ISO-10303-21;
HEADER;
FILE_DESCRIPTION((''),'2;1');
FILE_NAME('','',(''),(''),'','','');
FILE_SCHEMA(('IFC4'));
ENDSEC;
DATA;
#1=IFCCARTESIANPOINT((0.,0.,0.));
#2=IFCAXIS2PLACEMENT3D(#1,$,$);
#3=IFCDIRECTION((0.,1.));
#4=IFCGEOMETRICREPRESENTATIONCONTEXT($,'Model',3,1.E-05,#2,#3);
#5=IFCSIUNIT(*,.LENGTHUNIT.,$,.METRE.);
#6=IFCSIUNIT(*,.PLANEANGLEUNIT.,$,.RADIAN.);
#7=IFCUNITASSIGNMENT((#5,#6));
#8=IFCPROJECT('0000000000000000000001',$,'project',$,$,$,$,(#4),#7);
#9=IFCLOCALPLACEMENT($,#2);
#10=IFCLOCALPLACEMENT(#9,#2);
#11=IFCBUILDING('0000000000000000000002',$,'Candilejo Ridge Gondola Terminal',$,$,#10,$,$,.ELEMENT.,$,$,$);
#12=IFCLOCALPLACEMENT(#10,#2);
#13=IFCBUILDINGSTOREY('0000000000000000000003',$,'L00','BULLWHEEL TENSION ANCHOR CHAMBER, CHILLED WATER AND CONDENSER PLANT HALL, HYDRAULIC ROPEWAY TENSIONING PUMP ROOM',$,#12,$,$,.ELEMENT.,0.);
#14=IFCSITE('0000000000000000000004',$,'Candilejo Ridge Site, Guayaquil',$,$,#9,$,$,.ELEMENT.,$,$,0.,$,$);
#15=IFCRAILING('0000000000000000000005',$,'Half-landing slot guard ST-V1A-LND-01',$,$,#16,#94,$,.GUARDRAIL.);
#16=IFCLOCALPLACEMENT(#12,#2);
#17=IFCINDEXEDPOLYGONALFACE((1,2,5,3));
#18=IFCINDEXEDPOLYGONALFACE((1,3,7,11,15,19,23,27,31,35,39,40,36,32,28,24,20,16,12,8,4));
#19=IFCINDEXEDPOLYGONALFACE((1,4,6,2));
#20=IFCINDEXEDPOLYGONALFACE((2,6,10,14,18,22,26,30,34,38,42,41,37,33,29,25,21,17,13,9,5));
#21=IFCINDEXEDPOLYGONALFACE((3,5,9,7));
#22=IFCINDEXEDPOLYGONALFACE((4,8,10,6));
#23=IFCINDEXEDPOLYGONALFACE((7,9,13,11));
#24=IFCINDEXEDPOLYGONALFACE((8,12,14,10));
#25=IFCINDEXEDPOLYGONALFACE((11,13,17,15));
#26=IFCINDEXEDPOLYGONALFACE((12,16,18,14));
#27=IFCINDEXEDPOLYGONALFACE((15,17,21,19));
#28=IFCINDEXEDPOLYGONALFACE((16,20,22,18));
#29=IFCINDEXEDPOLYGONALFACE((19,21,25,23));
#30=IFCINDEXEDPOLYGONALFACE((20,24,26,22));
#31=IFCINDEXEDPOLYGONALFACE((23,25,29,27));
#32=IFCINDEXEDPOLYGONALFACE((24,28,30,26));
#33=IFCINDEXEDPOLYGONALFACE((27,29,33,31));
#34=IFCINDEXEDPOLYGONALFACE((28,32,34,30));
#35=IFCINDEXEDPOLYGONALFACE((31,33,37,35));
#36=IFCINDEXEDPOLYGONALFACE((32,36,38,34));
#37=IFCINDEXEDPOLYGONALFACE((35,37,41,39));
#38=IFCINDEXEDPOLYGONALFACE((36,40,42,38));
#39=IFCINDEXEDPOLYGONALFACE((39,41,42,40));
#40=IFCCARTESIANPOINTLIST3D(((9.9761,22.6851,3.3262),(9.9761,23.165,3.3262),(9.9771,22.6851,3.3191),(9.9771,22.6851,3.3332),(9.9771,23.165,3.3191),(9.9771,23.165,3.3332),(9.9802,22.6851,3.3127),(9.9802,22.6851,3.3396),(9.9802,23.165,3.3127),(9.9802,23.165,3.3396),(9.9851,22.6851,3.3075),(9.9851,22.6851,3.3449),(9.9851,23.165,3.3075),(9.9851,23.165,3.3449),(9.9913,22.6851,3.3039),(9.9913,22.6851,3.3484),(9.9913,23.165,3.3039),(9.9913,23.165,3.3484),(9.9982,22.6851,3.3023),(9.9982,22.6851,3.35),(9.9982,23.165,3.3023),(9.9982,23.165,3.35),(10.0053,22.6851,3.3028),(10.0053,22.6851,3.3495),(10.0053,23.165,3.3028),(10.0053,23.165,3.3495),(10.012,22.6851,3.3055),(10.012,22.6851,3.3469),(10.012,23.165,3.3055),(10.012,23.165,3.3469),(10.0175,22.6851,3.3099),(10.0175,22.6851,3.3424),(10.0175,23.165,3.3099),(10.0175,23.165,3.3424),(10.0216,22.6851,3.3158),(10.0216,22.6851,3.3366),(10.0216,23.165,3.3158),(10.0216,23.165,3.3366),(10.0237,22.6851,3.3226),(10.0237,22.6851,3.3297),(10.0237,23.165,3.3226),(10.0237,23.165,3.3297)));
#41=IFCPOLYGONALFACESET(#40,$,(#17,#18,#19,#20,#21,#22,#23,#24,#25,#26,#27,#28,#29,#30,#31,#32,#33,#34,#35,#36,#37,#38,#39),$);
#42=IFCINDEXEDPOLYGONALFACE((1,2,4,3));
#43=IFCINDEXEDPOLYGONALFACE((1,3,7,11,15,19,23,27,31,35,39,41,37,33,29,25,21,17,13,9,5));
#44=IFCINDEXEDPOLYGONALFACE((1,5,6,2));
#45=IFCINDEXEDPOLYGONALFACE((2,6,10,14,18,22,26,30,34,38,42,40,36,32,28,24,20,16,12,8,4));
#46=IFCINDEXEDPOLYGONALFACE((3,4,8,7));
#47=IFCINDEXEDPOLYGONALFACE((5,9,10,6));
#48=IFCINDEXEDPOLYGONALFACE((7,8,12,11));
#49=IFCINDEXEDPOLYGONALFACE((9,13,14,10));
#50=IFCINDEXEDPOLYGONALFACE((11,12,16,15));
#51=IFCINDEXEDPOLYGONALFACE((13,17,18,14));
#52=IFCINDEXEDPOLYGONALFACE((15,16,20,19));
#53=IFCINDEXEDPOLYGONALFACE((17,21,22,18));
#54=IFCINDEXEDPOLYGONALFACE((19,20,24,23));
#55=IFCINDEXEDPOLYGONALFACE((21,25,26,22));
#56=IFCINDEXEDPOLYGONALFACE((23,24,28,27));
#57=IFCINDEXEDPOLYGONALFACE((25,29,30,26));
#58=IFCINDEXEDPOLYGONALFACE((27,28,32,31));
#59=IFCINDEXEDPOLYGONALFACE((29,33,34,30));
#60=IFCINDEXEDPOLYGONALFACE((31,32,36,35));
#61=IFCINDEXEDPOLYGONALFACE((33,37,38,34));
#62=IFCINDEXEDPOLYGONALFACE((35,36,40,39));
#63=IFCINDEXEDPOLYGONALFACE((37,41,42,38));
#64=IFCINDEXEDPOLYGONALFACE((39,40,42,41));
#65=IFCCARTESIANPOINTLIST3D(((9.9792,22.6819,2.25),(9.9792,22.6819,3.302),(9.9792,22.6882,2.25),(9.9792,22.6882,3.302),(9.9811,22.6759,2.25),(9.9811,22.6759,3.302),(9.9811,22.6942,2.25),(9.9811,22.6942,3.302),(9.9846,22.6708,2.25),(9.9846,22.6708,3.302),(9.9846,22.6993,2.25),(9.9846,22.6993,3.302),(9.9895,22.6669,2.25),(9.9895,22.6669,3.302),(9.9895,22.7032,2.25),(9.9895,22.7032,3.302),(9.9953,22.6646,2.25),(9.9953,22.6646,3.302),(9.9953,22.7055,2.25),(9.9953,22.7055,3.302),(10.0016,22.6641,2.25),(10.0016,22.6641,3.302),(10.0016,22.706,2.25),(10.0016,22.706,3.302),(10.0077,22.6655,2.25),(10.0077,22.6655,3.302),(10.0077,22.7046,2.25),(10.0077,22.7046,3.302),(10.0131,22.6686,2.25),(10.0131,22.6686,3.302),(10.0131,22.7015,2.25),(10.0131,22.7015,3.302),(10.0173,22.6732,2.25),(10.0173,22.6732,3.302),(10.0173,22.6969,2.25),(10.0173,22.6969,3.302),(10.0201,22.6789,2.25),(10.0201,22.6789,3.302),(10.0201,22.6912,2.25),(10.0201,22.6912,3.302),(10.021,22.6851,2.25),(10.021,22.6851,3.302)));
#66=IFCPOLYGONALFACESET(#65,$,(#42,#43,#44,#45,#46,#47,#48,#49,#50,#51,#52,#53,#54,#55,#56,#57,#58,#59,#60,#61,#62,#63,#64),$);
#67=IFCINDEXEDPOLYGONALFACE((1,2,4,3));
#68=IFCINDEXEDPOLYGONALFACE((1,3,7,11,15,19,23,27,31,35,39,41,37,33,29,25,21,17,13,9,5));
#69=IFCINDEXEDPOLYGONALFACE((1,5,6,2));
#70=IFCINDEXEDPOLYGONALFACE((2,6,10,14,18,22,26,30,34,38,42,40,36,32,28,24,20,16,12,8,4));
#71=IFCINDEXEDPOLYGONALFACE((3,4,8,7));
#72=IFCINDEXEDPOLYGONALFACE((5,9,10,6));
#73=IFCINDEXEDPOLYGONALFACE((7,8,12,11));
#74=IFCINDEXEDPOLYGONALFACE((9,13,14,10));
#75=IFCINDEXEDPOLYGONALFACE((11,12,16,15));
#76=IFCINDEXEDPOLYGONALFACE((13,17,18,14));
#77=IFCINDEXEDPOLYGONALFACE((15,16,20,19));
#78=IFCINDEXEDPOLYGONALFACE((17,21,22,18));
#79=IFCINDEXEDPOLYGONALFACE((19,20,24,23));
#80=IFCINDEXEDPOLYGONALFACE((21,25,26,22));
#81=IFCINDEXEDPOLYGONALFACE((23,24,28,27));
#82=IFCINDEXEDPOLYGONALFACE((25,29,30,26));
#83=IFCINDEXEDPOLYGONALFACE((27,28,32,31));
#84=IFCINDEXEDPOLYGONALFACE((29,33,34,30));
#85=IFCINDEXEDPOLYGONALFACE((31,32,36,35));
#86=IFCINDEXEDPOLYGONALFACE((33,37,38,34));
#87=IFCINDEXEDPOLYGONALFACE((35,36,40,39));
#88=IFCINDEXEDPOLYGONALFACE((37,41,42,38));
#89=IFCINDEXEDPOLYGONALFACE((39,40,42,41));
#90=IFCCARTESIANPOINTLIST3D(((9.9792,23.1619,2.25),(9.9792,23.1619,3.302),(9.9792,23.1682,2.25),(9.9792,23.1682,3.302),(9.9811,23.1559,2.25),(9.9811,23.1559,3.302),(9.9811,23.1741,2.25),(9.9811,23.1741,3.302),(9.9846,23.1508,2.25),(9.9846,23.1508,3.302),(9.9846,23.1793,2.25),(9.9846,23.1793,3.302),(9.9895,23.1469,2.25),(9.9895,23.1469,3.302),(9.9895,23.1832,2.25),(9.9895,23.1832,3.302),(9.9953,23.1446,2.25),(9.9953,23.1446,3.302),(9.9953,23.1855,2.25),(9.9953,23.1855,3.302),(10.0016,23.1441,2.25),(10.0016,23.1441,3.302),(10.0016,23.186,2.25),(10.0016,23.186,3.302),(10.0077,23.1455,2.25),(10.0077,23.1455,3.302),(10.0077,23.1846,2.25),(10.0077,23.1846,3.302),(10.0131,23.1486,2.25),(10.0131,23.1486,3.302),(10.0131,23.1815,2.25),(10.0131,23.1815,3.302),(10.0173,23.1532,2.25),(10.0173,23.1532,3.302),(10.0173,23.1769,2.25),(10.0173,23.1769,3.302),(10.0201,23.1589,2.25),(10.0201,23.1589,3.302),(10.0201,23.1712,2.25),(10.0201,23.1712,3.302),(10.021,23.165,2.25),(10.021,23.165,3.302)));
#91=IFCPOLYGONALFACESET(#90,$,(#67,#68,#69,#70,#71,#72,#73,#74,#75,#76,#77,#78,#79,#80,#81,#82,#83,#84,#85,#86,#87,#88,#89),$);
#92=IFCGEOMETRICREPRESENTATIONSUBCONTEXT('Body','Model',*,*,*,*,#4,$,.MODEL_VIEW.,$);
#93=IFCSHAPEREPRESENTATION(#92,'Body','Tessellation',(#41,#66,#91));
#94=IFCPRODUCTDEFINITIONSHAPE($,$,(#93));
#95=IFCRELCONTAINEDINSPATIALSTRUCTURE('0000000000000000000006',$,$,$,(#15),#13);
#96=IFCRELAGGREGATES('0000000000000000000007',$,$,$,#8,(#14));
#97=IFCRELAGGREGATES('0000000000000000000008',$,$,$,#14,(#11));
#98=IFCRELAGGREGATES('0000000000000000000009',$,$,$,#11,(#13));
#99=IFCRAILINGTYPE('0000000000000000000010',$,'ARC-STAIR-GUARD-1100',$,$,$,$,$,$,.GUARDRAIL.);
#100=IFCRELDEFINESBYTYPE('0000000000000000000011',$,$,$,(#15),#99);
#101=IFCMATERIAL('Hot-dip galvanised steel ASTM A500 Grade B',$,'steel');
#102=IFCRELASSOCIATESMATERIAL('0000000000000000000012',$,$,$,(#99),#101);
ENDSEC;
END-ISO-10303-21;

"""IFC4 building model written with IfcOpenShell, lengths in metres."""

from ifc_helpers import new_model, si_unit, direction, frame, origin, origin_2d, place, context, subcontext, project, spatial, circle, extrude, material, type_object, element, save


model = new_model("IFC4")

# Units and contexts
model_context = context("Model", 3, precision=1e-05, world=origin(), true_north=direction((0.0, 1.0)))
body_context = subcontext(model_context, "Body", "Model", "MODEL_VIEW")
ifc_project = project(units=[si_unit("LENGTHUNIT", "METRE"), si_unit("PLANEANGLEUNIT", "RADIAN")], contexts=[model_context])

# Site, building, storey
site_placement = place(None, origin())
site = spatial("IfcSite", under=ifc_project, at=site_placement, Name="Candilejo Ridge Site, Guayaquil", CompositionType="ELEMENT", RefElevation=0.0)
building_placement = place(site_placement, origin())
building = spatial("IfcBuilding", under=site, at=building_placement, Name="Candilejo Ridge Gondola Terminal", CompositionType="ELEMENT")
storey_placement = place(building_placement, origin())
storey = spatial("IfcBuildingStorey", under=building, at=storey_placement, Name="L00", Description="BULLWHEEL TENSION ANCHOR CHAMBER, CHILLED WATER AND CONDENSER PLANT HALL, HYDRAULIC ROPEWAY TENSIONING PUMP ROOM", CompositionType="ELEMENT", Elevation=0.0)

# Railing
ifc_material_1 = material(Name="Hot-dip galvanised steel ASTM A500 Grade B", Category="steel")
railing_type_1 = type_object("IfcRailingType", Name="ARC-STAIR-GUARD-1100", PredefinedType="GUARDRAIL", material=ifc_material_1)
railing_1_placement = place(storey_placement, frame((10.0, 22.6851, 2.25)))
element("IfcRailing", 1, at=railing_1_placement, inside=storey, type_object=railing_type_1, Name="Half-landing slot guard ST-V1A-LND-01", PredefinedType="GUARDRAIL", context=body_context, shape_type="SweptSolid", body=[
    extrude(circle(Radius=0.0239, at=origin_2d()), frame((0.0, 0.0, 1.0762), z_axis=(0.0, 1.0, 0.0), x_axis=(-1.0, 0.0, 0.0)), (0.0, 0.0, 1.0), 0.48),
    extrude(circle(Radius=0.021, at=origin_2d()), origin(), (0.0, 0.0, 1.0), 1.052),
    extrude(circle(Radius=0.021, at=origin_2d()), frame((0.0, 0.48, 0.0)), (0.0, 0.0, 1.0), 1.052),
])

save(model, "model.ifc")
